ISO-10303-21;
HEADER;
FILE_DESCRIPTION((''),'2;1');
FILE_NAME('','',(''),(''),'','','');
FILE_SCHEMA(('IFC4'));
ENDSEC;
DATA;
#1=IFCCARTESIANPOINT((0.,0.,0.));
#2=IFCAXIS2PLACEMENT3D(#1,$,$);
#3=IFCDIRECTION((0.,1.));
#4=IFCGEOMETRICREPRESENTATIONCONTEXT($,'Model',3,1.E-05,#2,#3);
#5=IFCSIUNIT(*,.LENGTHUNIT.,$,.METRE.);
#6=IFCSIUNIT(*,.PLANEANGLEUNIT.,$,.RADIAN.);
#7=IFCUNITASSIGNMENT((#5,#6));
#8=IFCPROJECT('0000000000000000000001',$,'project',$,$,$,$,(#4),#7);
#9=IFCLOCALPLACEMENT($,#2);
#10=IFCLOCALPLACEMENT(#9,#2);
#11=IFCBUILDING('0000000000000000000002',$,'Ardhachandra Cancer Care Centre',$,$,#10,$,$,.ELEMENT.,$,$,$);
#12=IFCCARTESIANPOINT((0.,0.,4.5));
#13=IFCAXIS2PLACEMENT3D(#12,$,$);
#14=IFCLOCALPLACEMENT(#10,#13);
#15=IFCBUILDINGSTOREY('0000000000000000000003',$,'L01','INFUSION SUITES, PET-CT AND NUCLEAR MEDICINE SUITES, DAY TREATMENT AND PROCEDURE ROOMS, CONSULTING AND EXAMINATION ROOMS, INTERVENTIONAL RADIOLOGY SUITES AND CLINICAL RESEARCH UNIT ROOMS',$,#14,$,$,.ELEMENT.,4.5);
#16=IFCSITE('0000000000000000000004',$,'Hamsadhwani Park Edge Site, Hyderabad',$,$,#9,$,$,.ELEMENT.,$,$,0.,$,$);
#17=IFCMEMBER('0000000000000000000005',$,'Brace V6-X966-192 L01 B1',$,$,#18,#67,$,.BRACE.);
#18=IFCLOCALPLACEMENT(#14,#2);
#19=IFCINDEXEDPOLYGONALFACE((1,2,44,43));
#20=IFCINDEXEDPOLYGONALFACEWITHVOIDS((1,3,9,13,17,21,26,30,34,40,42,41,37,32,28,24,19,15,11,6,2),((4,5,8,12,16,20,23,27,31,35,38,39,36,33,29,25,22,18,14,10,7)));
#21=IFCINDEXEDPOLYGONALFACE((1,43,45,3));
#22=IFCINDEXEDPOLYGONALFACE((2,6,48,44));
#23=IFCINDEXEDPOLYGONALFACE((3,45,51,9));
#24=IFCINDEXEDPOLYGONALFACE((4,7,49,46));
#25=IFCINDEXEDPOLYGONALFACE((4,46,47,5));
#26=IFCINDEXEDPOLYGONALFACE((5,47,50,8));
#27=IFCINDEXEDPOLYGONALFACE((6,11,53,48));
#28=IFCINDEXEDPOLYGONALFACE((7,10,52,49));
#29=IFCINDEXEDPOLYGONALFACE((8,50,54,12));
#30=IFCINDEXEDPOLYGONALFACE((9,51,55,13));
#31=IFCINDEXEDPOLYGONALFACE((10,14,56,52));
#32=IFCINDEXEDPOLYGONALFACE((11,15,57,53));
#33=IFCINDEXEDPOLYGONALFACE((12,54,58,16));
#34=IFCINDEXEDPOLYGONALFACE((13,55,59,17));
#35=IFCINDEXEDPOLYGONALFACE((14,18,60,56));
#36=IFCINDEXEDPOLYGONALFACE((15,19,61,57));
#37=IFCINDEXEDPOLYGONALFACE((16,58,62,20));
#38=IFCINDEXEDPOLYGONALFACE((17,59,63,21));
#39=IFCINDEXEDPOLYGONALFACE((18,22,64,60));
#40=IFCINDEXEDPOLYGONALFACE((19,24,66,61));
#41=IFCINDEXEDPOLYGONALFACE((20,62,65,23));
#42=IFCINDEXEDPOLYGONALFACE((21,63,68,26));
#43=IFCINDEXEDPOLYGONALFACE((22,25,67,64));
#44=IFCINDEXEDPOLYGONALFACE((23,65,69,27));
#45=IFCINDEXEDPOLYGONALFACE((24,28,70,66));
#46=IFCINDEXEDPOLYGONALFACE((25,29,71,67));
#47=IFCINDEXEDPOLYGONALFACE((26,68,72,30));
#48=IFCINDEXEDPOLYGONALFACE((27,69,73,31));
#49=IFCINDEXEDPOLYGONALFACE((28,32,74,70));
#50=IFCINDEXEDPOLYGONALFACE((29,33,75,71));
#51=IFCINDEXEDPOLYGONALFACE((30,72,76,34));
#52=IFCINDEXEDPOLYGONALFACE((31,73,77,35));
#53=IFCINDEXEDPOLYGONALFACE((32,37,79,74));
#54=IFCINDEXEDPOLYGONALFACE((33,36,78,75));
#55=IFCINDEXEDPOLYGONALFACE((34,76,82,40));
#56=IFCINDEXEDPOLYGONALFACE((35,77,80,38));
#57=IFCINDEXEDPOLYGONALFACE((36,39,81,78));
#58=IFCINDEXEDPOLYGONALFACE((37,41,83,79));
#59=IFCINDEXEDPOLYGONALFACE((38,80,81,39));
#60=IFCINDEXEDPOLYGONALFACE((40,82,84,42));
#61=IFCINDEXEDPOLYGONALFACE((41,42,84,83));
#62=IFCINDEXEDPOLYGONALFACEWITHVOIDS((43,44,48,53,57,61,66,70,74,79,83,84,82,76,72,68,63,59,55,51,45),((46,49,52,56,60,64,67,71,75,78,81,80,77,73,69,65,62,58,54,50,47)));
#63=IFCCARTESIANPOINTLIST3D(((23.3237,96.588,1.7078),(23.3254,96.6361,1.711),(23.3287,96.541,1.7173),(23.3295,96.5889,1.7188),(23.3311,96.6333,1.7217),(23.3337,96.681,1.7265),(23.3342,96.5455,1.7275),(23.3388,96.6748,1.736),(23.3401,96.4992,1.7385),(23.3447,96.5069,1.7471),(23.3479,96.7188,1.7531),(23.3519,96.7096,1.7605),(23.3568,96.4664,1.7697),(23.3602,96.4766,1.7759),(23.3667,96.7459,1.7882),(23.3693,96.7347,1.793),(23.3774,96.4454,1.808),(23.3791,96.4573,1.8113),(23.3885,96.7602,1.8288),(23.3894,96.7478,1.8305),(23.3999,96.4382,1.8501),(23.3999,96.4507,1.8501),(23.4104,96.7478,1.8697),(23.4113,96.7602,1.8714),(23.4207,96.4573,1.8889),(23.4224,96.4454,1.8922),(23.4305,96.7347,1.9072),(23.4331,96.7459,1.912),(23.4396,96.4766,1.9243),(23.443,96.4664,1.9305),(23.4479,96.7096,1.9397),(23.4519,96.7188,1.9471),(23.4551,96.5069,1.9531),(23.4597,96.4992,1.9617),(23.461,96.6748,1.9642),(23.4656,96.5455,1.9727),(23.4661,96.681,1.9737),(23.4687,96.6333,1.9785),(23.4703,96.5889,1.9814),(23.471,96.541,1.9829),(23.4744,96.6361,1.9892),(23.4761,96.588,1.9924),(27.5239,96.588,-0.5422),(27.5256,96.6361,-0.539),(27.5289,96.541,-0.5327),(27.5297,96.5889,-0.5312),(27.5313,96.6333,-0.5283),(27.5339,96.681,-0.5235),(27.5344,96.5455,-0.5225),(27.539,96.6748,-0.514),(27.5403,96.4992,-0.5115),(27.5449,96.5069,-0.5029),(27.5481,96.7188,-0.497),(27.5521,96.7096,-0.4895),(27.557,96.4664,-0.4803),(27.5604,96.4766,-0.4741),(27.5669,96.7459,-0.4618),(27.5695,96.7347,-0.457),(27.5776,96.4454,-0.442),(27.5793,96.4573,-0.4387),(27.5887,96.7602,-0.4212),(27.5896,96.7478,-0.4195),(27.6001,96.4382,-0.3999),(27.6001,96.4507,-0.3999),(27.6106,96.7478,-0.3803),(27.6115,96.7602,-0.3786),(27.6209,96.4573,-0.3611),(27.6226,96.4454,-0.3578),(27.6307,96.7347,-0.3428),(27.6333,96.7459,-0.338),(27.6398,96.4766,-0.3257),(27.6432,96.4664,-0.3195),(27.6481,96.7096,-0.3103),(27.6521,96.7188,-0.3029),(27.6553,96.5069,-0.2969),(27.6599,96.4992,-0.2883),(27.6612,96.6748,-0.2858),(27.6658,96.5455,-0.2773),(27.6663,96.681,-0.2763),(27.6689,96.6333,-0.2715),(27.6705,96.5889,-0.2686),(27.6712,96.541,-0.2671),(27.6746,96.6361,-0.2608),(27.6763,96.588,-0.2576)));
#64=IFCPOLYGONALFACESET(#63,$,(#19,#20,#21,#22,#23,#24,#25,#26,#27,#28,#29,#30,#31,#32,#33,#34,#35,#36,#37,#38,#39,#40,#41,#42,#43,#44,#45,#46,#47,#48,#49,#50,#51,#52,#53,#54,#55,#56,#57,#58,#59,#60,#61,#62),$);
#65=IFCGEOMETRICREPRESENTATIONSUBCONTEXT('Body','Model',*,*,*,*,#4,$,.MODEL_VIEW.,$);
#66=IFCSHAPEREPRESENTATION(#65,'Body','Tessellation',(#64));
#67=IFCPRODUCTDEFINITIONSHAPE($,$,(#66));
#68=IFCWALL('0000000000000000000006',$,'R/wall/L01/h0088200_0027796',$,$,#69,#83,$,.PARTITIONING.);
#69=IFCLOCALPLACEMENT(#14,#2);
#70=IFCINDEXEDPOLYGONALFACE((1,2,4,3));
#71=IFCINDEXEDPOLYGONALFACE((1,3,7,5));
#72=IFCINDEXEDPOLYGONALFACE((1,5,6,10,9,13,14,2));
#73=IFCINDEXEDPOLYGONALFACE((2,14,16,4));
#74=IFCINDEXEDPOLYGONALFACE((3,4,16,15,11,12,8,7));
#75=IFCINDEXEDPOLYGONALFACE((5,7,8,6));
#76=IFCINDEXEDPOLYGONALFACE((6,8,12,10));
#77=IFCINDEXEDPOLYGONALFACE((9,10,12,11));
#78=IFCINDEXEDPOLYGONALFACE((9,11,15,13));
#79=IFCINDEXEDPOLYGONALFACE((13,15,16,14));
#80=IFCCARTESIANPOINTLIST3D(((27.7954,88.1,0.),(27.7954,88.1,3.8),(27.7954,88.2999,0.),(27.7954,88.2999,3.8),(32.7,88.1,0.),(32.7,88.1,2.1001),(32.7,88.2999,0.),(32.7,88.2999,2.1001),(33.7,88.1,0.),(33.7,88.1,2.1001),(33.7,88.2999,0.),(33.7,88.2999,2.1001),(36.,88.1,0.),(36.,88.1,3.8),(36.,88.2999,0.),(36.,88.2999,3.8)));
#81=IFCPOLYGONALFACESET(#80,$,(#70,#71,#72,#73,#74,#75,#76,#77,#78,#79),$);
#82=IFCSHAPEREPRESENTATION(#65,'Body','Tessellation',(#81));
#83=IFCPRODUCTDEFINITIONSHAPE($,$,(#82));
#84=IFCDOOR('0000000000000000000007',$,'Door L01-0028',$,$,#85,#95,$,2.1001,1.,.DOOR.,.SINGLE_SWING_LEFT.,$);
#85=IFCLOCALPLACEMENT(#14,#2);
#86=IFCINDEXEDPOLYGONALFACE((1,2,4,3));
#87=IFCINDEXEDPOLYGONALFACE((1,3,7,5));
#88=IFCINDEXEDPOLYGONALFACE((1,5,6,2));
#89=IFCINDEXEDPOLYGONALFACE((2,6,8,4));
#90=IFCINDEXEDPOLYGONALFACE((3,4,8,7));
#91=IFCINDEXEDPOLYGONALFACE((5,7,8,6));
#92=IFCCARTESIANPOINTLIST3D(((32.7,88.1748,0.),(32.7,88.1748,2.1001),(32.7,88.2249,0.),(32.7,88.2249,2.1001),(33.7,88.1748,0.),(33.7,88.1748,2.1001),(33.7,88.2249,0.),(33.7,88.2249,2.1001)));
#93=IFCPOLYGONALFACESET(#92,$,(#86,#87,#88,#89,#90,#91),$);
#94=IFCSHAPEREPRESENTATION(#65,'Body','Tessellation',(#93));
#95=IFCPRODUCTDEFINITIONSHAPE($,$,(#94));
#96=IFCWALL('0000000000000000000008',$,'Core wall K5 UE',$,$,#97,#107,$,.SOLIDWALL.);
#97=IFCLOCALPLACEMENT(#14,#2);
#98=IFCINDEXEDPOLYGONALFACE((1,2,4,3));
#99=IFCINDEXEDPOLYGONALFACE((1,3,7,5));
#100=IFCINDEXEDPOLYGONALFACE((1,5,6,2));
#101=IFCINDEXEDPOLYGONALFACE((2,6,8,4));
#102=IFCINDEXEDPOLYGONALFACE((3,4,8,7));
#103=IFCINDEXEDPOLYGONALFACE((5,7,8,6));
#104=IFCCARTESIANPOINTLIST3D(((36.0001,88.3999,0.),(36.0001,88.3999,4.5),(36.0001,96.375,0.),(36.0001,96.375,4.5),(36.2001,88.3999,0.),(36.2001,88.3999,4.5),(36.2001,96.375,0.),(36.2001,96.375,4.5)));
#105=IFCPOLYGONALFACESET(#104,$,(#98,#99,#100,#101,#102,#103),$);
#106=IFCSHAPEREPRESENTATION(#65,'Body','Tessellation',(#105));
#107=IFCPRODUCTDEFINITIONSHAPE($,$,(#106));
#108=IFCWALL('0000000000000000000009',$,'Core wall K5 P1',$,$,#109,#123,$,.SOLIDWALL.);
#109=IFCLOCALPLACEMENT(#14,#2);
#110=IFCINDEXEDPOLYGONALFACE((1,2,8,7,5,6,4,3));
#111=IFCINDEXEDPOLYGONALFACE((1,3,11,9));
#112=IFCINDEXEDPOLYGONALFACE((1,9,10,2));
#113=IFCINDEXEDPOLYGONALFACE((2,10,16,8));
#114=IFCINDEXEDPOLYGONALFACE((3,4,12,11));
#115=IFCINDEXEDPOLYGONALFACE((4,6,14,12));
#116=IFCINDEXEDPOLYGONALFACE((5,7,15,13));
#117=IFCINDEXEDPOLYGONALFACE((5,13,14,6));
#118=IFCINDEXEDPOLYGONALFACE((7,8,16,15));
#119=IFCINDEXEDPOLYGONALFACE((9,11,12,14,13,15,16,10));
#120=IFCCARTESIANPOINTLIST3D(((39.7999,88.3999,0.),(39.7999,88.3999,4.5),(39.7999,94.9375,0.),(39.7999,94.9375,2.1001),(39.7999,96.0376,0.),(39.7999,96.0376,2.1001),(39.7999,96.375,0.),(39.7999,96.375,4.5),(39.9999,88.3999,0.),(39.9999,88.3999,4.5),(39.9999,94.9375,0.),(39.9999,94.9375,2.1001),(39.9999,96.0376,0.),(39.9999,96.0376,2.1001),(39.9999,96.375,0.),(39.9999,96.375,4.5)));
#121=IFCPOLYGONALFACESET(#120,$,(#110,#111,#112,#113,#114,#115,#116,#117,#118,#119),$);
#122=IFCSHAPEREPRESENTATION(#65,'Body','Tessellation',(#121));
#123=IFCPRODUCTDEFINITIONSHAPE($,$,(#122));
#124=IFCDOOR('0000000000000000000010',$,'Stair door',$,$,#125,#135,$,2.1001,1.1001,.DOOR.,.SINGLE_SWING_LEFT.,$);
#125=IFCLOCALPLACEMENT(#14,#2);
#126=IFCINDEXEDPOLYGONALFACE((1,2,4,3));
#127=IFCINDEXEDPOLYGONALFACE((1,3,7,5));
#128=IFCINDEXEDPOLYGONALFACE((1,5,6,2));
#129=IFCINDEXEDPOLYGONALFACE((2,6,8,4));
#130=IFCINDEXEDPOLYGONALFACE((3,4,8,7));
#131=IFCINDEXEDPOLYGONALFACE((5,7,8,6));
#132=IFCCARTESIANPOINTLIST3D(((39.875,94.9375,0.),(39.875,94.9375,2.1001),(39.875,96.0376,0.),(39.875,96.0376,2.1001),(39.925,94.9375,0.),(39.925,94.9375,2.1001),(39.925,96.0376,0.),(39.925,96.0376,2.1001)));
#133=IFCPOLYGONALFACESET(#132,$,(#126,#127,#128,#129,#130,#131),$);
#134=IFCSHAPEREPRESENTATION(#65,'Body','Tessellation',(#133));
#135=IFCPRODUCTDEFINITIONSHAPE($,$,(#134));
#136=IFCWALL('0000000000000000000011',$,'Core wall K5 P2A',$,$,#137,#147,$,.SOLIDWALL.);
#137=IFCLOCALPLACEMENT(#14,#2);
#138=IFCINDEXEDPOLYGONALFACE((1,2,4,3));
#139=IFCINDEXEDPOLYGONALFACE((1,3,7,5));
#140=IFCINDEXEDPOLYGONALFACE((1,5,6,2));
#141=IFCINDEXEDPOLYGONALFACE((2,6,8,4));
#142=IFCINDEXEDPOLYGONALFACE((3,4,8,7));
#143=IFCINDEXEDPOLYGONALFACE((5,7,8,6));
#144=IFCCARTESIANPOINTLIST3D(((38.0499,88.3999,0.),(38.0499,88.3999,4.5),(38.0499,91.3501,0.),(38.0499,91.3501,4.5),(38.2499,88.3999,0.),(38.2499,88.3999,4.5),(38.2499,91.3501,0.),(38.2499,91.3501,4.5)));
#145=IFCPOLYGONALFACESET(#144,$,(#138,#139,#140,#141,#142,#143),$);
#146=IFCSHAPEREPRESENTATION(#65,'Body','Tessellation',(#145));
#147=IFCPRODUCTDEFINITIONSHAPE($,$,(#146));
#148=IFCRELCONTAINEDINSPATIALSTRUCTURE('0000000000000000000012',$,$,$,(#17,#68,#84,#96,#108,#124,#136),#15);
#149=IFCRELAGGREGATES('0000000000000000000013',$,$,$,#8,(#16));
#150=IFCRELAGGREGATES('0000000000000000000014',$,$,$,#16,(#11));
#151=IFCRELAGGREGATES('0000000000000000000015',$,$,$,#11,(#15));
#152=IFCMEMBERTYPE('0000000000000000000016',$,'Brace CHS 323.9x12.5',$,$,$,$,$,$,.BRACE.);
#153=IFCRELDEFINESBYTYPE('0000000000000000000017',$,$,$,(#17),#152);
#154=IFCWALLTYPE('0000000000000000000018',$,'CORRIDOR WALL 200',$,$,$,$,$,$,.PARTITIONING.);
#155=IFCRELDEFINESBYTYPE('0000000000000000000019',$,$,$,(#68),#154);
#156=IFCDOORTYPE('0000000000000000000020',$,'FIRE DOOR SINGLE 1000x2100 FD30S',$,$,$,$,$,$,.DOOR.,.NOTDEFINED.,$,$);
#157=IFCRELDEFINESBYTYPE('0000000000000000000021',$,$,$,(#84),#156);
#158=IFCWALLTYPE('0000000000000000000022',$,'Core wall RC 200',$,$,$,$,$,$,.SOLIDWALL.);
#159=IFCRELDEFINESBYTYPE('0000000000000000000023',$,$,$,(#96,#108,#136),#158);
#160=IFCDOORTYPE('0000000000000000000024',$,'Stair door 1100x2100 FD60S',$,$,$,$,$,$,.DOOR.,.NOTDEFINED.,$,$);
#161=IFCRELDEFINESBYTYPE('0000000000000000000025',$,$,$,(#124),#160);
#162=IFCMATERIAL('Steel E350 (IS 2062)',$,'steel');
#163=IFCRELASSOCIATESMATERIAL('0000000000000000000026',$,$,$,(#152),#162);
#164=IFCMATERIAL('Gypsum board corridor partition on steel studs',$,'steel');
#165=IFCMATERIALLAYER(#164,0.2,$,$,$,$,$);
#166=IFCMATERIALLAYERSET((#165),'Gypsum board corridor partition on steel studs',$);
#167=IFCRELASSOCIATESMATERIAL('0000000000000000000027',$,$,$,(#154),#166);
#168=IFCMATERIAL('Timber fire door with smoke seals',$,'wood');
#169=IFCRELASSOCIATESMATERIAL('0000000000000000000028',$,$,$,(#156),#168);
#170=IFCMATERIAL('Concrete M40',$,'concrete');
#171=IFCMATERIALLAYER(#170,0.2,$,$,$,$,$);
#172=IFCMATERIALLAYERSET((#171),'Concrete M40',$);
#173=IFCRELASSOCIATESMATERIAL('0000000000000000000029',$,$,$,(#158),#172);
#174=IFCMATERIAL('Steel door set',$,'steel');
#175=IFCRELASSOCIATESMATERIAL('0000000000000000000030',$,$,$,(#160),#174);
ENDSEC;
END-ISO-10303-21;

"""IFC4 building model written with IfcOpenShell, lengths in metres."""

from ifc_helpers import new_model, si_unit, direction, frame, frame_2d, origin, origin_2d, place, context, subcontext, project, spatial, rectangle, hollow_circle, extrude, material, layer, layer_set, material_profile, profile_set, type_object, element, fill, save


model = new_model("IFC4")

# Units and contexts
model_context = context("Model", 3, precision=1e-05, world=origin(), true_north=direction((0.0, 1.0)))
body_context = subcontext(model_context, "Body", "Model", "MODEL_VIEW")
ifc_project = project(units=[si_unit("LENGTHUNIT", "METRE"), si_unit("PLANEANGLEUNIT", "RADIAN")], contexts=[model_context])

# Site, building, storey
site_placement = place(None, origin())
site = spatial("IfcSite", under=ifc_project, at=site_placement, Name="Hamsadhwani Park Edge Site, Hyderabad", CompositionType="ELEMENT", RefElevation=0.0)
building_placement = place(site_placement, origin())
building = spatial("IfcBuilding", under=site, at=building_placement, Name="Ardhachandra Cancer Care Centre", CompositionType="ELEMENT")
storey_placement = place(building_placement, frame((0.0, 0.0, 4.5)))
storey = spatial("IfcBuildingStorey", under=building, at=storey_placement, Name="L01", Description="INFUSION SUITES, PET-CT AND NUCLEAR MEDICINE SUITES, DAY TREATMENT AND PROCEDURE ROOMS, CONSULTING AND EXAMINATION ROOMS, INTERVENTIONAL RADIOLOGY SUITES AND CLINICAL RESEARCH UNIT ROOMS", CompositionType="ELEMENT", Elevation=4.5)

# Member
ifc_material_1 = material(Name="Steel E350 (IS 2062)", Category="steel")
ifc_material_profile_1 = material_profile(ifc_material_1, hollow_circle(Radius=0.1619, WallThickness=0.0125, at=origin_2d()), Name="CHS 323.9x12.5")
ifc_profile_set_1 = profile_set([ifc_material_profile_1], Name="Steel E350 (IS 2062)")
member_type = type_object("IfcMemberType", Name="Brace CHS 323.9x12.5", PredefinedType="BRACE", material=ifc_profile_set_1)
member_placement = place(storey_placement, frame((27.6001, 96.6001, -0.3999), z_axis=(-0.881489, 0.0, 0.472204), x_axis=(0.0, -1.0, 0.0)))
element("IfcMember", 1, at=member_placement, inside=storey, type_object=member_type, Name="Brace V6-X966-192 L01 B1", PredefinedType="BRACE", context=body_context, shape_type="SweptSolid", body=[
    extrude(hollow_circle(Radius=0.1619, WallThickness=0.0125, at=origin_2d()), origin(), (0.0, 0.0, 1.0), 4.7649),
])

# Wall, opening, door
ifc_material_2 = material(Name="Gypsum board corridor partition on steel studs", Category="steel")
ifc_layer_1 = layer(ifc_material_2, 0.2)
ifc_layer_set_1 = layer_set([ifc_layer_1], Name="Gypsum board corridor partition on steel studs")
wall_type_1 = type_object("IfcWallType", Name="CORRIDOR WALL 200", PredefinedType="PARTITIONING", material=ifc_layer_set_1)
wall_1_placement = place(storey_placement, frame((27.7954, 88.2, 0.0), z_axis=(0.0, 0.0, 1.0), x_axis=(1.0, 0.0, 0.0)))
wall_1 = element("IfcWall", 2, at=wall_1_placement, inside=storey, type_object=wall_type_1, Name="R/wall/L01/h0088200_0027796", PredefinedType="PARTITIONING", context=body_context, shape_type="SweptSolid", body=[
    extrude(rectangle(XDim=8.2046, YDim=0.2, at=frame_2d((4.1023, 0.0))), origin(), (0.0, 0.0, 1.0), 3.8),
])
opening_1_placement = place(wall_1_placement, frame((4.9045, 0.0, 0.0)))
opening_1 = element("IfcOpeningElement", 3, at=opening_1_placement, cuts=wall_1, PredefinedType="OPENING", context=body_context, shape_type="SweptSolid", body=[
    extrude(rectangle(XDim=1.0, YDim=2.1001, at=frame_2d((0.5, 1.05))), frame((0.0, 0.1099, 0.0), z_axis=(0.0, -1.0, 0.0), x_axis=(1.0, 0.0, 0.0)), (0.0, 0.0, 1.0), 0.22),
])
ifc_material_3 = material(Name="Timber fire door with smoke seals", Category="wood")
door_type_1 = type_object("IfcDoorType", Name="FIRE DOOR SINGLE 1000x2100 FD30S", OperationType="NOTDEFINED", PredefinedType="DOOR", material=ifc_material_3)
door_1_placement = place(opening_1_placement, origin())
door_1 = element("IfcDoor", 4, at=door_1_placement, inside=storey, type_object=door_type_1, Name="Door L01-0028", OperationType="SINGLE_SWING_LEFT", OverallHeight=2.1001, OverallWidth=1.0, PredefinedType="DOOR", context=body_context, shape_type="SweptSolid", body=[
    extrude(rectangle(XDim=1.0, YDim=2.1001, at=frame_2d((0.5, 1.05))), frame((0.0, 0.0249, 0.0), z_axis=(0.0, -1.0, 0.0), x_axis=(1.0, 0.0, 0.0)), (0.0, 0.0, 1.0), 0.05),
])
fill(opening_1, door_1)

# Wall
ifc_material_4 = material(Name="Concrete M40", Category="concrete")
ifc_layer_2 = layer(ifc_material_4, 0.2)
ifc_layer_set_2 = layer_set([ifc_layer_2], Name="Concrete M40")
wall_type_2 = type_object("IfcWallType", Name="Core wall RC 200", PredefinedType="SOLIDWALL", material=ifc_layer_set_2)
wall_2_placement = place(storey_placement, frame((36.1001, 88.3999, 0.0), z_axis=(0.0, 0.0, 1.0), x_axis=(0.0, 1.0, 0.0)))
element("IfcWall", 5, at=wall_2_placement, inside=storey, type_object=wall_type_2, Name="Core wall K5 UE", PredefinedType="SOLIDWALL", context=body_context, shape_type="SweptSolid", body=[
    extrude(rectangle(XDim=7.9751, YDim=0.2, at=frame_2d((3.9875, 0.0))), origin(), (0.0, 0.0, 1.0), 4.5),
])

# Wall, opening, door
wall_3_placement = place(storey_placement, frame((39.8999, 88.3999, 0.0), z_axis=(0.0, 0.0, 1.0), x_axis=(0.0, 1.0, 0.0)))
wall_3 = element("IfcWall", 6, at=wall_3_placement, inside=storey, type_object=wall_type_2, Name="Core wall K5 P1", PredefinedType="SOLIDWALL", context=body_context, shape_type="SweptSolid", body=[
    extrude(rectangle(XDim=7.9751, YDim=0.2, at=frame_2d((3.9875, 0.0))), origin(), (0.0, 0.0, 1.0), 4.5),
])
opening_2_placement = place(wall_3_placement, frame((6.5376, 0.0, 0.0)))
opening_2 = element("IfcOpeningElement", 7, at=opening_2_placement, cuts=wall_3, PredefinedType="OPENING", context=body_context, shape_type="SweptSolid", body=[
    extrude(rectangle(XDim=1.1001, YDim=2.1001, at=frame_2d((0.55, 1.05))), frame((0.0, 0.1099, 0.0), z_axis=(0.0, -1.0, 0.0), x_axis=(1.0, 0.0, 0.0)), (0.0, 0.0, 1.0), 0.22),
])
ifc_material_5 = material(Name="Steel door set", Category="steel")
door_type_2 = type_object("IfcDoorType", Name="Stair door 1100x2100 FD60S", OperationType="NOTDEFINED", PredefinedType="DOOR", material=ifc_material_5)
door_2_placement = place(opening_2_placement, origin())
door_2 = element("IfcDoor", 8, at=door_2_placement, inside=storey, type_object=door_type_2, Name="Stair door", OperationType="SINGLE_SWING_LEFT", OverallHeight=2.1001, OverallWidth=1.1001, PredefinedType="DOOR", context=body_context, shape_type="SweptSolid", body=[
    extrude(rectangle(XDim=1.1001, YDim=2.1001, at=frame_2d((0.55, 1.05))), frame((0.0, 0.0249, 0.0), z_axis=(0.0, -1.0, 0.0), x_axis=(1.0, 0.0, 0.0)), (0.0, 0.0, 1.0), 0.05),
])
fill(opening_2, door_2)

# Wall
wall_4_placement = place(storey_placement, frame((38.1499, 88.3999, 0.0), z_axis=(0.0, 0.0, 1.0), x_axis=(0.0, 1.0, 0.0)))
element("IfcWall", 9, at=wall_4_placement, inside=storey, type_object=wall_type_2, Name="Core wall K5 P2A", PredefinedType="SOLIDWALL", context=body_context, shape_type="SweptSolid", body=[
    extrude(rectangle(XDim=2.9502, YDim=0.2, at=frame_2d((1.4751, 0.0))), origin(), (0.0, 0.0, 1.0), 4.5),
])

save(model, "model.ifc")
